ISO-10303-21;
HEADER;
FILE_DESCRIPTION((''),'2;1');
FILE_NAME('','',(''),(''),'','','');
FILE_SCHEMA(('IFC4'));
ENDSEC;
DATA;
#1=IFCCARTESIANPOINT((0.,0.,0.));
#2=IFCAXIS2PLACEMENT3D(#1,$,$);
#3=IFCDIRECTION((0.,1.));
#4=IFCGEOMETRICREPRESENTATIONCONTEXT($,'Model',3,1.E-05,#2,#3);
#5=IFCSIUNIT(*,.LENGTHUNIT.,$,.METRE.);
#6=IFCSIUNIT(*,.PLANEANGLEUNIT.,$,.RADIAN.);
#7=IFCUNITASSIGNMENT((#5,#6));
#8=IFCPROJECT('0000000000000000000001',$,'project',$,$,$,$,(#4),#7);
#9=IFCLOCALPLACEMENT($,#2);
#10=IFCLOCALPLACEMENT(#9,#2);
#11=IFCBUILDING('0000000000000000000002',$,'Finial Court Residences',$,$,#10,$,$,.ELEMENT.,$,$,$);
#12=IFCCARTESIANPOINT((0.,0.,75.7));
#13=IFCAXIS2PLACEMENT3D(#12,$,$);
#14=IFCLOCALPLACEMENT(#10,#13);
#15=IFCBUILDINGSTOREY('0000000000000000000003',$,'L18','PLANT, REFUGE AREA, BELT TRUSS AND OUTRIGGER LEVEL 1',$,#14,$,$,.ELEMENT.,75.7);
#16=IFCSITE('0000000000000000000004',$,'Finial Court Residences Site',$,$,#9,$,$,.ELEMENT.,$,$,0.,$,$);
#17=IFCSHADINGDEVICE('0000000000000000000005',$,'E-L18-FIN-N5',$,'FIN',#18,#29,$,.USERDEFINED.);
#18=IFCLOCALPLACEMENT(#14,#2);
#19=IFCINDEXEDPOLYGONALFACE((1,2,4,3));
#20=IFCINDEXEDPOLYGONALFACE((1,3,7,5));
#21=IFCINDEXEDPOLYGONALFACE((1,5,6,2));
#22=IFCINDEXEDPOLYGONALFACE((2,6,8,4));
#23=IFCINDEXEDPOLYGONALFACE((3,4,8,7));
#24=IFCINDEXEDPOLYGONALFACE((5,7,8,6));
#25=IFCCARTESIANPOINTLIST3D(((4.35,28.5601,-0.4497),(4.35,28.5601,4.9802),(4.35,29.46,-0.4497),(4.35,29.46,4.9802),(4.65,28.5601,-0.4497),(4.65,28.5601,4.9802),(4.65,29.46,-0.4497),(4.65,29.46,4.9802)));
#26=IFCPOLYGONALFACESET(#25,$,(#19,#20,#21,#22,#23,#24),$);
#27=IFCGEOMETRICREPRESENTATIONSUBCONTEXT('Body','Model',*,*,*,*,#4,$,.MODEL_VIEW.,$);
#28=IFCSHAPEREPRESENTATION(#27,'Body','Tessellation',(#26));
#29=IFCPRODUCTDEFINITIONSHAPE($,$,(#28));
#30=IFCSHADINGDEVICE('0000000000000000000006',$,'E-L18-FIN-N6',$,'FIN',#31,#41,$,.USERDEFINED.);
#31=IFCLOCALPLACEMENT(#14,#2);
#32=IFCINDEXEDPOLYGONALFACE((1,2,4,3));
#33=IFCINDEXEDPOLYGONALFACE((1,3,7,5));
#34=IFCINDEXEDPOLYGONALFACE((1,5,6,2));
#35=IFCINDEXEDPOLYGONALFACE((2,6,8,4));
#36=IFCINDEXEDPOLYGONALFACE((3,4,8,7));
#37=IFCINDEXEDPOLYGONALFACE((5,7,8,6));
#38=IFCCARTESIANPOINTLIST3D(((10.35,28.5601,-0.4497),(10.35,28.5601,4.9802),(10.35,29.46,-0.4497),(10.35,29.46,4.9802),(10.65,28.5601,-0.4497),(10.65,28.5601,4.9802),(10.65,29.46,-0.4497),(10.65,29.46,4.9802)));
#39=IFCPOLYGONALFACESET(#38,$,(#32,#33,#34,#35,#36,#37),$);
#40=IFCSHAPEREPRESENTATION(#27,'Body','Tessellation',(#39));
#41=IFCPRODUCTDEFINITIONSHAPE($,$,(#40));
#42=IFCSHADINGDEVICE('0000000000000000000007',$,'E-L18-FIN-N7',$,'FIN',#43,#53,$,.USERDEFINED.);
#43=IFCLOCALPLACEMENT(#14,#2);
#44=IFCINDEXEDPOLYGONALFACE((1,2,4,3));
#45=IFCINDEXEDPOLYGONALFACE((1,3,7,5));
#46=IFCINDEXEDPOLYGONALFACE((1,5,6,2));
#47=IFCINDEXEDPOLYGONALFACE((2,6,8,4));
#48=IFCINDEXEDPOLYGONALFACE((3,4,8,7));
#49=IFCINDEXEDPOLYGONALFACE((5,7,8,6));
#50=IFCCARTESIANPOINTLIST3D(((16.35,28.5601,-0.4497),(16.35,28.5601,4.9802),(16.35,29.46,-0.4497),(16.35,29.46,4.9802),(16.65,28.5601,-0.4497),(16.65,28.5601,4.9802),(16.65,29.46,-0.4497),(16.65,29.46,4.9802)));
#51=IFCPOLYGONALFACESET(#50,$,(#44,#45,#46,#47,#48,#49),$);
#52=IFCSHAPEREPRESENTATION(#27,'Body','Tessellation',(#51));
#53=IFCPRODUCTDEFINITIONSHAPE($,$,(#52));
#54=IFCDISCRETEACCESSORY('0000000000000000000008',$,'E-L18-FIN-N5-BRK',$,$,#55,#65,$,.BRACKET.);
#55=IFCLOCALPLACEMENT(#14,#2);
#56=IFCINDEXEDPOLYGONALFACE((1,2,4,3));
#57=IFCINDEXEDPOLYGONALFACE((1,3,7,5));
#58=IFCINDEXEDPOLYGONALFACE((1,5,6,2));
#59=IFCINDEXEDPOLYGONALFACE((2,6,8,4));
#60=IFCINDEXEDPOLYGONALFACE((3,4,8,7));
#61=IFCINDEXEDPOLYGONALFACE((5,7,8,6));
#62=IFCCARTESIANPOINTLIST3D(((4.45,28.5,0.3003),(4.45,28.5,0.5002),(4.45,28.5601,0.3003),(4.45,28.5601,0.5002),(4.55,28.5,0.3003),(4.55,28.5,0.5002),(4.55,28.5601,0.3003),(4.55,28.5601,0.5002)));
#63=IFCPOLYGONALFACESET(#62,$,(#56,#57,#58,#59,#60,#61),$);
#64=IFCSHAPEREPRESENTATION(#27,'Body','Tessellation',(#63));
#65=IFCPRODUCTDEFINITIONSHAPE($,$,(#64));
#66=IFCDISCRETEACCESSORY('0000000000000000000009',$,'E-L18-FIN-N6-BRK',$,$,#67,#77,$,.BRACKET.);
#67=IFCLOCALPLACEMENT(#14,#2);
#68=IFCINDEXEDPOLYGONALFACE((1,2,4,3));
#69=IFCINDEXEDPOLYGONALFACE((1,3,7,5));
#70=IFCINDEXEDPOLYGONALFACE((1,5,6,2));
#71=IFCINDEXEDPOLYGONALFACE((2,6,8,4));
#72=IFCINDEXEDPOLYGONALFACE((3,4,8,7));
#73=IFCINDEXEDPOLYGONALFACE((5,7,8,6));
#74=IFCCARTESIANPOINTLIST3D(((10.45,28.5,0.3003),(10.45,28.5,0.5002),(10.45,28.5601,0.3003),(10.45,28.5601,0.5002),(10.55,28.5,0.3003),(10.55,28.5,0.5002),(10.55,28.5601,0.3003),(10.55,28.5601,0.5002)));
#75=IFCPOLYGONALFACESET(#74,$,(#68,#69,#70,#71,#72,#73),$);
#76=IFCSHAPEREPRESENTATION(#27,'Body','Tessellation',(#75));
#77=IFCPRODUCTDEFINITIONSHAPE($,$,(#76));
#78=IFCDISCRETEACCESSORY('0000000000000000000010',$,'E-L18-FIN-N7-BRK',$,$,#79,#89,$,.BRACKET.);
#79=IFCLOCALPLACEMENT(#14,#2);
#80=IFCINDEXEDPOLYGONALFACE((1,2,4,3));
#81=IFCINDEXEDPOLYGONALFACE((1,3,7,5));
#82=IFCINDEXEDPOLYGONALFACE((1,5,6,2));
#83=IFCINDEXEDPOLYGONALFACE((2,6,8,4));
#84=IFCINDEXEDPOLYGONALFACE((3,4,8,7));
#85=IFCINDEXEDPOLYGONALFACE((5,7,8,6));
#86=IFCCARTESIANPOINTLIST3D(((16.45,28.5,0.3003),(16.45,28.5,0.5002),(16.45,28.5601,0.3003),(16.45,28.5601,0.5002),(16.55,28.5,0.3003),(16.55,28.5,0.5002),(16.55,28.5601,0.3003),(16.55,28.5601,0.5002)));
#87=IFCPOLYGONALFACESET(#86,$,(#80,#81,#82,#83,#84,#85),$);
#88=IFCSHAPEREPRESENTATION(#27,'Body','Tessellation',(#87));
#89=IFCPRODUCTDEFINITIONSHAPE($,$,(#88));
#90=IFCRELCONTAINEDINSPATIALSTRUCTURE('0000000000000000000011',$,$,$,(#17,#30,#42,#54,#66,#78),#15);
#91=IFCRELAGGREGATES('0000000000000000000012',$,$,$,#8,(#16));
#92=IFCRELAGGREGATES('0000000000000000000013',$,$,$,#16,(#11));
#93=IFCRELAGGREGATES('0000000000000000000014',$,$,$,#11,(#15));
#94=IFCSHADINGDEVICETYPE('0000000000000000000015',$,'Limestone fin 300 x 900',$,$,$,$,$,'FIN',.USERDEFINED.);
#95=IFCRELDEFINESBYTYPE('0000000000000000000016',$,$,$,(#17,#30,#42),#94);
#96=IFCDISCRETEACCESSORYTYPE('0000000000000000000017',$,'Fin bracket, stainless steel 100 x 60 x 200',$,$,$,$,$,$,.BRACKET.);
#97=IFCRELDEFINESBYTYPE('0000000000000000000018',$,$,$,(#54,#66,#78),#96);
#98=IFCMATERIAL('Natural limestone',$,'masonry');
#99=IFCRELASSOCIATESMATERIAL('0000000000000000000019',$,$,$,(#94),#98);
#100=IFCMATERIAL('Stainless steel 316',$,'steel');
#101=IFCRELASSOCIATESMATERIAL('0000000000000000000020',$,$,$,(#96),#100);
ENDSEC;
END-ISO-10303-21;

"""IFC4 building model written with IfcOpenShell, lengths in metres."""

from ifc_helpers import new_model, si_unit, direction, frame, origin, origin_2d, place, context, subcontext, project, spatial, rectangle, extrude, material, type_object, element, save


model = new_model("IFC4")

# Units and contexts
model_context = context("Model", 3, precision=1e-05, world=origin(), true_north=direction((0.0, 1.0)))
body_context = subcontext(model_context, "Body", "Model", "MODEL_VIEW")
ifc_project = project(units=[si_unit("LENGTHUNIT", "METRE"), si_unit("PLANEANGLEUNIT", "RADIAN")], contexts=[model_context])

# Site, building, storey
site_placement = place(None, origin())
site = spatial("IfcSite", under=ifc_project, at=site_placement, Name="Finial Court Residences Site", CompositionType="ELEMENT", RefElevation=0.0)
building_placement = place(site_placement, origin())
building = spatial("IfcBuilding", under=site, at=building_placement, Name="Finial Court Residences", CompositionType="ELEMENT")
storey_placement = place(building_placement, frame((0.0, 0.0, 75.7)))
storey = spatial("IfcBuildingStorey", under=building, at=storey_placement, Name="L18", Description="PLANT, REFUGE AREA, BELT TRUSS AND OUTRIGGER LEVEL 1", CompositionType="ELEMENT", Elevation=75.7)

# Shading devices
ifc_material_1 = material(Name="Natural limestone", Category="masonry")
shading_device_type = type_object("IfcShadingDeviceType", Name="Limestone fin 300 x 900", ElementType="FIN", PredefinedType="USERDEFINED", material=ifc_material_1)
for number, where, z_axis, x_axis, name in (
    (1, (4.5, 29.01, -0.4497), (0.0, 0.0, 1.0), (1.0, 0.0, 0.0), "E-L18-FIN-N5"),
    (2, (10.5, 29.01, -0.4497), (0.0, 0.0, 1.0), (1.0, 0.0, 0.0), "E-L18-FIN-N6"),
    (3, (16.5, 29.01, -0.4497), (0.0, 0.0, 1.0), (1.0, 0.0, 0.0), "E-L18-FIN-N7"),
):
    element("IfcShadingDevice", number, at=place(storey_placement, frame(where, z_axis=z_axis, x_axis=x_axis)), inside=storey, type_object=shading_device_type, Name=name, ObjectType="FIN", PredefinedType="USERDEFINED", context=body_context, shape_type="SweptSolid", body=[
        extrude(rectangle(XDim=0.3, YDim=0.8999, at=origin_2d()), origin(), (0.0, 0.0, 1.0), 5.4299),
    ])

# Discrete accessories
ifc_material_2 = material(Name="Stainless steel 316", Category="steel")
discrete_accessory_type = type_object("IfcDiscreteAccessoryType", Name="Fin bracket, stainless steel 100 x 60 x 200", PredefinedType="BRACKET", material=ifc_material_2)
for number, where, z_axis, x_axis, name in (
    (4, (4.5, 28.53, 0.3003), (0.0, 0.0, 1.0), (1.0, 0.0, 0.0), "E-L18-FIN-N5-BRK"),
    (5, (10.5, 28.53, 0.3003), (0.0, 0.0, 1.0), (1.0, 0.0, 0.0), "E-L18-FIN-N6-BRK"),
    (6, (16.5, 28.53, 0.3003), (0.0, 0.0, 1.0), (1.0, 0.0, 0.0), "E-L18-FIN-N7-BRK"),
):
    element("IfcDiscreteAccessory", number, at=place(storey_placement, frame(where, z_axis=z_axis, x_axis=x_axis)), inside=storey, type_object=discrete_accessory_type, Name=name, PredefinedType="BRACKET", context=body_context, shape_type="SweptSolid", body=[
        extrude(rectangle(XDim=0.1001, YDim=0.0601, at=origin_2d()), origin(), (0.0, 0.0, 1.0), 0.2),
    ])

save(model, "model.ifc")
